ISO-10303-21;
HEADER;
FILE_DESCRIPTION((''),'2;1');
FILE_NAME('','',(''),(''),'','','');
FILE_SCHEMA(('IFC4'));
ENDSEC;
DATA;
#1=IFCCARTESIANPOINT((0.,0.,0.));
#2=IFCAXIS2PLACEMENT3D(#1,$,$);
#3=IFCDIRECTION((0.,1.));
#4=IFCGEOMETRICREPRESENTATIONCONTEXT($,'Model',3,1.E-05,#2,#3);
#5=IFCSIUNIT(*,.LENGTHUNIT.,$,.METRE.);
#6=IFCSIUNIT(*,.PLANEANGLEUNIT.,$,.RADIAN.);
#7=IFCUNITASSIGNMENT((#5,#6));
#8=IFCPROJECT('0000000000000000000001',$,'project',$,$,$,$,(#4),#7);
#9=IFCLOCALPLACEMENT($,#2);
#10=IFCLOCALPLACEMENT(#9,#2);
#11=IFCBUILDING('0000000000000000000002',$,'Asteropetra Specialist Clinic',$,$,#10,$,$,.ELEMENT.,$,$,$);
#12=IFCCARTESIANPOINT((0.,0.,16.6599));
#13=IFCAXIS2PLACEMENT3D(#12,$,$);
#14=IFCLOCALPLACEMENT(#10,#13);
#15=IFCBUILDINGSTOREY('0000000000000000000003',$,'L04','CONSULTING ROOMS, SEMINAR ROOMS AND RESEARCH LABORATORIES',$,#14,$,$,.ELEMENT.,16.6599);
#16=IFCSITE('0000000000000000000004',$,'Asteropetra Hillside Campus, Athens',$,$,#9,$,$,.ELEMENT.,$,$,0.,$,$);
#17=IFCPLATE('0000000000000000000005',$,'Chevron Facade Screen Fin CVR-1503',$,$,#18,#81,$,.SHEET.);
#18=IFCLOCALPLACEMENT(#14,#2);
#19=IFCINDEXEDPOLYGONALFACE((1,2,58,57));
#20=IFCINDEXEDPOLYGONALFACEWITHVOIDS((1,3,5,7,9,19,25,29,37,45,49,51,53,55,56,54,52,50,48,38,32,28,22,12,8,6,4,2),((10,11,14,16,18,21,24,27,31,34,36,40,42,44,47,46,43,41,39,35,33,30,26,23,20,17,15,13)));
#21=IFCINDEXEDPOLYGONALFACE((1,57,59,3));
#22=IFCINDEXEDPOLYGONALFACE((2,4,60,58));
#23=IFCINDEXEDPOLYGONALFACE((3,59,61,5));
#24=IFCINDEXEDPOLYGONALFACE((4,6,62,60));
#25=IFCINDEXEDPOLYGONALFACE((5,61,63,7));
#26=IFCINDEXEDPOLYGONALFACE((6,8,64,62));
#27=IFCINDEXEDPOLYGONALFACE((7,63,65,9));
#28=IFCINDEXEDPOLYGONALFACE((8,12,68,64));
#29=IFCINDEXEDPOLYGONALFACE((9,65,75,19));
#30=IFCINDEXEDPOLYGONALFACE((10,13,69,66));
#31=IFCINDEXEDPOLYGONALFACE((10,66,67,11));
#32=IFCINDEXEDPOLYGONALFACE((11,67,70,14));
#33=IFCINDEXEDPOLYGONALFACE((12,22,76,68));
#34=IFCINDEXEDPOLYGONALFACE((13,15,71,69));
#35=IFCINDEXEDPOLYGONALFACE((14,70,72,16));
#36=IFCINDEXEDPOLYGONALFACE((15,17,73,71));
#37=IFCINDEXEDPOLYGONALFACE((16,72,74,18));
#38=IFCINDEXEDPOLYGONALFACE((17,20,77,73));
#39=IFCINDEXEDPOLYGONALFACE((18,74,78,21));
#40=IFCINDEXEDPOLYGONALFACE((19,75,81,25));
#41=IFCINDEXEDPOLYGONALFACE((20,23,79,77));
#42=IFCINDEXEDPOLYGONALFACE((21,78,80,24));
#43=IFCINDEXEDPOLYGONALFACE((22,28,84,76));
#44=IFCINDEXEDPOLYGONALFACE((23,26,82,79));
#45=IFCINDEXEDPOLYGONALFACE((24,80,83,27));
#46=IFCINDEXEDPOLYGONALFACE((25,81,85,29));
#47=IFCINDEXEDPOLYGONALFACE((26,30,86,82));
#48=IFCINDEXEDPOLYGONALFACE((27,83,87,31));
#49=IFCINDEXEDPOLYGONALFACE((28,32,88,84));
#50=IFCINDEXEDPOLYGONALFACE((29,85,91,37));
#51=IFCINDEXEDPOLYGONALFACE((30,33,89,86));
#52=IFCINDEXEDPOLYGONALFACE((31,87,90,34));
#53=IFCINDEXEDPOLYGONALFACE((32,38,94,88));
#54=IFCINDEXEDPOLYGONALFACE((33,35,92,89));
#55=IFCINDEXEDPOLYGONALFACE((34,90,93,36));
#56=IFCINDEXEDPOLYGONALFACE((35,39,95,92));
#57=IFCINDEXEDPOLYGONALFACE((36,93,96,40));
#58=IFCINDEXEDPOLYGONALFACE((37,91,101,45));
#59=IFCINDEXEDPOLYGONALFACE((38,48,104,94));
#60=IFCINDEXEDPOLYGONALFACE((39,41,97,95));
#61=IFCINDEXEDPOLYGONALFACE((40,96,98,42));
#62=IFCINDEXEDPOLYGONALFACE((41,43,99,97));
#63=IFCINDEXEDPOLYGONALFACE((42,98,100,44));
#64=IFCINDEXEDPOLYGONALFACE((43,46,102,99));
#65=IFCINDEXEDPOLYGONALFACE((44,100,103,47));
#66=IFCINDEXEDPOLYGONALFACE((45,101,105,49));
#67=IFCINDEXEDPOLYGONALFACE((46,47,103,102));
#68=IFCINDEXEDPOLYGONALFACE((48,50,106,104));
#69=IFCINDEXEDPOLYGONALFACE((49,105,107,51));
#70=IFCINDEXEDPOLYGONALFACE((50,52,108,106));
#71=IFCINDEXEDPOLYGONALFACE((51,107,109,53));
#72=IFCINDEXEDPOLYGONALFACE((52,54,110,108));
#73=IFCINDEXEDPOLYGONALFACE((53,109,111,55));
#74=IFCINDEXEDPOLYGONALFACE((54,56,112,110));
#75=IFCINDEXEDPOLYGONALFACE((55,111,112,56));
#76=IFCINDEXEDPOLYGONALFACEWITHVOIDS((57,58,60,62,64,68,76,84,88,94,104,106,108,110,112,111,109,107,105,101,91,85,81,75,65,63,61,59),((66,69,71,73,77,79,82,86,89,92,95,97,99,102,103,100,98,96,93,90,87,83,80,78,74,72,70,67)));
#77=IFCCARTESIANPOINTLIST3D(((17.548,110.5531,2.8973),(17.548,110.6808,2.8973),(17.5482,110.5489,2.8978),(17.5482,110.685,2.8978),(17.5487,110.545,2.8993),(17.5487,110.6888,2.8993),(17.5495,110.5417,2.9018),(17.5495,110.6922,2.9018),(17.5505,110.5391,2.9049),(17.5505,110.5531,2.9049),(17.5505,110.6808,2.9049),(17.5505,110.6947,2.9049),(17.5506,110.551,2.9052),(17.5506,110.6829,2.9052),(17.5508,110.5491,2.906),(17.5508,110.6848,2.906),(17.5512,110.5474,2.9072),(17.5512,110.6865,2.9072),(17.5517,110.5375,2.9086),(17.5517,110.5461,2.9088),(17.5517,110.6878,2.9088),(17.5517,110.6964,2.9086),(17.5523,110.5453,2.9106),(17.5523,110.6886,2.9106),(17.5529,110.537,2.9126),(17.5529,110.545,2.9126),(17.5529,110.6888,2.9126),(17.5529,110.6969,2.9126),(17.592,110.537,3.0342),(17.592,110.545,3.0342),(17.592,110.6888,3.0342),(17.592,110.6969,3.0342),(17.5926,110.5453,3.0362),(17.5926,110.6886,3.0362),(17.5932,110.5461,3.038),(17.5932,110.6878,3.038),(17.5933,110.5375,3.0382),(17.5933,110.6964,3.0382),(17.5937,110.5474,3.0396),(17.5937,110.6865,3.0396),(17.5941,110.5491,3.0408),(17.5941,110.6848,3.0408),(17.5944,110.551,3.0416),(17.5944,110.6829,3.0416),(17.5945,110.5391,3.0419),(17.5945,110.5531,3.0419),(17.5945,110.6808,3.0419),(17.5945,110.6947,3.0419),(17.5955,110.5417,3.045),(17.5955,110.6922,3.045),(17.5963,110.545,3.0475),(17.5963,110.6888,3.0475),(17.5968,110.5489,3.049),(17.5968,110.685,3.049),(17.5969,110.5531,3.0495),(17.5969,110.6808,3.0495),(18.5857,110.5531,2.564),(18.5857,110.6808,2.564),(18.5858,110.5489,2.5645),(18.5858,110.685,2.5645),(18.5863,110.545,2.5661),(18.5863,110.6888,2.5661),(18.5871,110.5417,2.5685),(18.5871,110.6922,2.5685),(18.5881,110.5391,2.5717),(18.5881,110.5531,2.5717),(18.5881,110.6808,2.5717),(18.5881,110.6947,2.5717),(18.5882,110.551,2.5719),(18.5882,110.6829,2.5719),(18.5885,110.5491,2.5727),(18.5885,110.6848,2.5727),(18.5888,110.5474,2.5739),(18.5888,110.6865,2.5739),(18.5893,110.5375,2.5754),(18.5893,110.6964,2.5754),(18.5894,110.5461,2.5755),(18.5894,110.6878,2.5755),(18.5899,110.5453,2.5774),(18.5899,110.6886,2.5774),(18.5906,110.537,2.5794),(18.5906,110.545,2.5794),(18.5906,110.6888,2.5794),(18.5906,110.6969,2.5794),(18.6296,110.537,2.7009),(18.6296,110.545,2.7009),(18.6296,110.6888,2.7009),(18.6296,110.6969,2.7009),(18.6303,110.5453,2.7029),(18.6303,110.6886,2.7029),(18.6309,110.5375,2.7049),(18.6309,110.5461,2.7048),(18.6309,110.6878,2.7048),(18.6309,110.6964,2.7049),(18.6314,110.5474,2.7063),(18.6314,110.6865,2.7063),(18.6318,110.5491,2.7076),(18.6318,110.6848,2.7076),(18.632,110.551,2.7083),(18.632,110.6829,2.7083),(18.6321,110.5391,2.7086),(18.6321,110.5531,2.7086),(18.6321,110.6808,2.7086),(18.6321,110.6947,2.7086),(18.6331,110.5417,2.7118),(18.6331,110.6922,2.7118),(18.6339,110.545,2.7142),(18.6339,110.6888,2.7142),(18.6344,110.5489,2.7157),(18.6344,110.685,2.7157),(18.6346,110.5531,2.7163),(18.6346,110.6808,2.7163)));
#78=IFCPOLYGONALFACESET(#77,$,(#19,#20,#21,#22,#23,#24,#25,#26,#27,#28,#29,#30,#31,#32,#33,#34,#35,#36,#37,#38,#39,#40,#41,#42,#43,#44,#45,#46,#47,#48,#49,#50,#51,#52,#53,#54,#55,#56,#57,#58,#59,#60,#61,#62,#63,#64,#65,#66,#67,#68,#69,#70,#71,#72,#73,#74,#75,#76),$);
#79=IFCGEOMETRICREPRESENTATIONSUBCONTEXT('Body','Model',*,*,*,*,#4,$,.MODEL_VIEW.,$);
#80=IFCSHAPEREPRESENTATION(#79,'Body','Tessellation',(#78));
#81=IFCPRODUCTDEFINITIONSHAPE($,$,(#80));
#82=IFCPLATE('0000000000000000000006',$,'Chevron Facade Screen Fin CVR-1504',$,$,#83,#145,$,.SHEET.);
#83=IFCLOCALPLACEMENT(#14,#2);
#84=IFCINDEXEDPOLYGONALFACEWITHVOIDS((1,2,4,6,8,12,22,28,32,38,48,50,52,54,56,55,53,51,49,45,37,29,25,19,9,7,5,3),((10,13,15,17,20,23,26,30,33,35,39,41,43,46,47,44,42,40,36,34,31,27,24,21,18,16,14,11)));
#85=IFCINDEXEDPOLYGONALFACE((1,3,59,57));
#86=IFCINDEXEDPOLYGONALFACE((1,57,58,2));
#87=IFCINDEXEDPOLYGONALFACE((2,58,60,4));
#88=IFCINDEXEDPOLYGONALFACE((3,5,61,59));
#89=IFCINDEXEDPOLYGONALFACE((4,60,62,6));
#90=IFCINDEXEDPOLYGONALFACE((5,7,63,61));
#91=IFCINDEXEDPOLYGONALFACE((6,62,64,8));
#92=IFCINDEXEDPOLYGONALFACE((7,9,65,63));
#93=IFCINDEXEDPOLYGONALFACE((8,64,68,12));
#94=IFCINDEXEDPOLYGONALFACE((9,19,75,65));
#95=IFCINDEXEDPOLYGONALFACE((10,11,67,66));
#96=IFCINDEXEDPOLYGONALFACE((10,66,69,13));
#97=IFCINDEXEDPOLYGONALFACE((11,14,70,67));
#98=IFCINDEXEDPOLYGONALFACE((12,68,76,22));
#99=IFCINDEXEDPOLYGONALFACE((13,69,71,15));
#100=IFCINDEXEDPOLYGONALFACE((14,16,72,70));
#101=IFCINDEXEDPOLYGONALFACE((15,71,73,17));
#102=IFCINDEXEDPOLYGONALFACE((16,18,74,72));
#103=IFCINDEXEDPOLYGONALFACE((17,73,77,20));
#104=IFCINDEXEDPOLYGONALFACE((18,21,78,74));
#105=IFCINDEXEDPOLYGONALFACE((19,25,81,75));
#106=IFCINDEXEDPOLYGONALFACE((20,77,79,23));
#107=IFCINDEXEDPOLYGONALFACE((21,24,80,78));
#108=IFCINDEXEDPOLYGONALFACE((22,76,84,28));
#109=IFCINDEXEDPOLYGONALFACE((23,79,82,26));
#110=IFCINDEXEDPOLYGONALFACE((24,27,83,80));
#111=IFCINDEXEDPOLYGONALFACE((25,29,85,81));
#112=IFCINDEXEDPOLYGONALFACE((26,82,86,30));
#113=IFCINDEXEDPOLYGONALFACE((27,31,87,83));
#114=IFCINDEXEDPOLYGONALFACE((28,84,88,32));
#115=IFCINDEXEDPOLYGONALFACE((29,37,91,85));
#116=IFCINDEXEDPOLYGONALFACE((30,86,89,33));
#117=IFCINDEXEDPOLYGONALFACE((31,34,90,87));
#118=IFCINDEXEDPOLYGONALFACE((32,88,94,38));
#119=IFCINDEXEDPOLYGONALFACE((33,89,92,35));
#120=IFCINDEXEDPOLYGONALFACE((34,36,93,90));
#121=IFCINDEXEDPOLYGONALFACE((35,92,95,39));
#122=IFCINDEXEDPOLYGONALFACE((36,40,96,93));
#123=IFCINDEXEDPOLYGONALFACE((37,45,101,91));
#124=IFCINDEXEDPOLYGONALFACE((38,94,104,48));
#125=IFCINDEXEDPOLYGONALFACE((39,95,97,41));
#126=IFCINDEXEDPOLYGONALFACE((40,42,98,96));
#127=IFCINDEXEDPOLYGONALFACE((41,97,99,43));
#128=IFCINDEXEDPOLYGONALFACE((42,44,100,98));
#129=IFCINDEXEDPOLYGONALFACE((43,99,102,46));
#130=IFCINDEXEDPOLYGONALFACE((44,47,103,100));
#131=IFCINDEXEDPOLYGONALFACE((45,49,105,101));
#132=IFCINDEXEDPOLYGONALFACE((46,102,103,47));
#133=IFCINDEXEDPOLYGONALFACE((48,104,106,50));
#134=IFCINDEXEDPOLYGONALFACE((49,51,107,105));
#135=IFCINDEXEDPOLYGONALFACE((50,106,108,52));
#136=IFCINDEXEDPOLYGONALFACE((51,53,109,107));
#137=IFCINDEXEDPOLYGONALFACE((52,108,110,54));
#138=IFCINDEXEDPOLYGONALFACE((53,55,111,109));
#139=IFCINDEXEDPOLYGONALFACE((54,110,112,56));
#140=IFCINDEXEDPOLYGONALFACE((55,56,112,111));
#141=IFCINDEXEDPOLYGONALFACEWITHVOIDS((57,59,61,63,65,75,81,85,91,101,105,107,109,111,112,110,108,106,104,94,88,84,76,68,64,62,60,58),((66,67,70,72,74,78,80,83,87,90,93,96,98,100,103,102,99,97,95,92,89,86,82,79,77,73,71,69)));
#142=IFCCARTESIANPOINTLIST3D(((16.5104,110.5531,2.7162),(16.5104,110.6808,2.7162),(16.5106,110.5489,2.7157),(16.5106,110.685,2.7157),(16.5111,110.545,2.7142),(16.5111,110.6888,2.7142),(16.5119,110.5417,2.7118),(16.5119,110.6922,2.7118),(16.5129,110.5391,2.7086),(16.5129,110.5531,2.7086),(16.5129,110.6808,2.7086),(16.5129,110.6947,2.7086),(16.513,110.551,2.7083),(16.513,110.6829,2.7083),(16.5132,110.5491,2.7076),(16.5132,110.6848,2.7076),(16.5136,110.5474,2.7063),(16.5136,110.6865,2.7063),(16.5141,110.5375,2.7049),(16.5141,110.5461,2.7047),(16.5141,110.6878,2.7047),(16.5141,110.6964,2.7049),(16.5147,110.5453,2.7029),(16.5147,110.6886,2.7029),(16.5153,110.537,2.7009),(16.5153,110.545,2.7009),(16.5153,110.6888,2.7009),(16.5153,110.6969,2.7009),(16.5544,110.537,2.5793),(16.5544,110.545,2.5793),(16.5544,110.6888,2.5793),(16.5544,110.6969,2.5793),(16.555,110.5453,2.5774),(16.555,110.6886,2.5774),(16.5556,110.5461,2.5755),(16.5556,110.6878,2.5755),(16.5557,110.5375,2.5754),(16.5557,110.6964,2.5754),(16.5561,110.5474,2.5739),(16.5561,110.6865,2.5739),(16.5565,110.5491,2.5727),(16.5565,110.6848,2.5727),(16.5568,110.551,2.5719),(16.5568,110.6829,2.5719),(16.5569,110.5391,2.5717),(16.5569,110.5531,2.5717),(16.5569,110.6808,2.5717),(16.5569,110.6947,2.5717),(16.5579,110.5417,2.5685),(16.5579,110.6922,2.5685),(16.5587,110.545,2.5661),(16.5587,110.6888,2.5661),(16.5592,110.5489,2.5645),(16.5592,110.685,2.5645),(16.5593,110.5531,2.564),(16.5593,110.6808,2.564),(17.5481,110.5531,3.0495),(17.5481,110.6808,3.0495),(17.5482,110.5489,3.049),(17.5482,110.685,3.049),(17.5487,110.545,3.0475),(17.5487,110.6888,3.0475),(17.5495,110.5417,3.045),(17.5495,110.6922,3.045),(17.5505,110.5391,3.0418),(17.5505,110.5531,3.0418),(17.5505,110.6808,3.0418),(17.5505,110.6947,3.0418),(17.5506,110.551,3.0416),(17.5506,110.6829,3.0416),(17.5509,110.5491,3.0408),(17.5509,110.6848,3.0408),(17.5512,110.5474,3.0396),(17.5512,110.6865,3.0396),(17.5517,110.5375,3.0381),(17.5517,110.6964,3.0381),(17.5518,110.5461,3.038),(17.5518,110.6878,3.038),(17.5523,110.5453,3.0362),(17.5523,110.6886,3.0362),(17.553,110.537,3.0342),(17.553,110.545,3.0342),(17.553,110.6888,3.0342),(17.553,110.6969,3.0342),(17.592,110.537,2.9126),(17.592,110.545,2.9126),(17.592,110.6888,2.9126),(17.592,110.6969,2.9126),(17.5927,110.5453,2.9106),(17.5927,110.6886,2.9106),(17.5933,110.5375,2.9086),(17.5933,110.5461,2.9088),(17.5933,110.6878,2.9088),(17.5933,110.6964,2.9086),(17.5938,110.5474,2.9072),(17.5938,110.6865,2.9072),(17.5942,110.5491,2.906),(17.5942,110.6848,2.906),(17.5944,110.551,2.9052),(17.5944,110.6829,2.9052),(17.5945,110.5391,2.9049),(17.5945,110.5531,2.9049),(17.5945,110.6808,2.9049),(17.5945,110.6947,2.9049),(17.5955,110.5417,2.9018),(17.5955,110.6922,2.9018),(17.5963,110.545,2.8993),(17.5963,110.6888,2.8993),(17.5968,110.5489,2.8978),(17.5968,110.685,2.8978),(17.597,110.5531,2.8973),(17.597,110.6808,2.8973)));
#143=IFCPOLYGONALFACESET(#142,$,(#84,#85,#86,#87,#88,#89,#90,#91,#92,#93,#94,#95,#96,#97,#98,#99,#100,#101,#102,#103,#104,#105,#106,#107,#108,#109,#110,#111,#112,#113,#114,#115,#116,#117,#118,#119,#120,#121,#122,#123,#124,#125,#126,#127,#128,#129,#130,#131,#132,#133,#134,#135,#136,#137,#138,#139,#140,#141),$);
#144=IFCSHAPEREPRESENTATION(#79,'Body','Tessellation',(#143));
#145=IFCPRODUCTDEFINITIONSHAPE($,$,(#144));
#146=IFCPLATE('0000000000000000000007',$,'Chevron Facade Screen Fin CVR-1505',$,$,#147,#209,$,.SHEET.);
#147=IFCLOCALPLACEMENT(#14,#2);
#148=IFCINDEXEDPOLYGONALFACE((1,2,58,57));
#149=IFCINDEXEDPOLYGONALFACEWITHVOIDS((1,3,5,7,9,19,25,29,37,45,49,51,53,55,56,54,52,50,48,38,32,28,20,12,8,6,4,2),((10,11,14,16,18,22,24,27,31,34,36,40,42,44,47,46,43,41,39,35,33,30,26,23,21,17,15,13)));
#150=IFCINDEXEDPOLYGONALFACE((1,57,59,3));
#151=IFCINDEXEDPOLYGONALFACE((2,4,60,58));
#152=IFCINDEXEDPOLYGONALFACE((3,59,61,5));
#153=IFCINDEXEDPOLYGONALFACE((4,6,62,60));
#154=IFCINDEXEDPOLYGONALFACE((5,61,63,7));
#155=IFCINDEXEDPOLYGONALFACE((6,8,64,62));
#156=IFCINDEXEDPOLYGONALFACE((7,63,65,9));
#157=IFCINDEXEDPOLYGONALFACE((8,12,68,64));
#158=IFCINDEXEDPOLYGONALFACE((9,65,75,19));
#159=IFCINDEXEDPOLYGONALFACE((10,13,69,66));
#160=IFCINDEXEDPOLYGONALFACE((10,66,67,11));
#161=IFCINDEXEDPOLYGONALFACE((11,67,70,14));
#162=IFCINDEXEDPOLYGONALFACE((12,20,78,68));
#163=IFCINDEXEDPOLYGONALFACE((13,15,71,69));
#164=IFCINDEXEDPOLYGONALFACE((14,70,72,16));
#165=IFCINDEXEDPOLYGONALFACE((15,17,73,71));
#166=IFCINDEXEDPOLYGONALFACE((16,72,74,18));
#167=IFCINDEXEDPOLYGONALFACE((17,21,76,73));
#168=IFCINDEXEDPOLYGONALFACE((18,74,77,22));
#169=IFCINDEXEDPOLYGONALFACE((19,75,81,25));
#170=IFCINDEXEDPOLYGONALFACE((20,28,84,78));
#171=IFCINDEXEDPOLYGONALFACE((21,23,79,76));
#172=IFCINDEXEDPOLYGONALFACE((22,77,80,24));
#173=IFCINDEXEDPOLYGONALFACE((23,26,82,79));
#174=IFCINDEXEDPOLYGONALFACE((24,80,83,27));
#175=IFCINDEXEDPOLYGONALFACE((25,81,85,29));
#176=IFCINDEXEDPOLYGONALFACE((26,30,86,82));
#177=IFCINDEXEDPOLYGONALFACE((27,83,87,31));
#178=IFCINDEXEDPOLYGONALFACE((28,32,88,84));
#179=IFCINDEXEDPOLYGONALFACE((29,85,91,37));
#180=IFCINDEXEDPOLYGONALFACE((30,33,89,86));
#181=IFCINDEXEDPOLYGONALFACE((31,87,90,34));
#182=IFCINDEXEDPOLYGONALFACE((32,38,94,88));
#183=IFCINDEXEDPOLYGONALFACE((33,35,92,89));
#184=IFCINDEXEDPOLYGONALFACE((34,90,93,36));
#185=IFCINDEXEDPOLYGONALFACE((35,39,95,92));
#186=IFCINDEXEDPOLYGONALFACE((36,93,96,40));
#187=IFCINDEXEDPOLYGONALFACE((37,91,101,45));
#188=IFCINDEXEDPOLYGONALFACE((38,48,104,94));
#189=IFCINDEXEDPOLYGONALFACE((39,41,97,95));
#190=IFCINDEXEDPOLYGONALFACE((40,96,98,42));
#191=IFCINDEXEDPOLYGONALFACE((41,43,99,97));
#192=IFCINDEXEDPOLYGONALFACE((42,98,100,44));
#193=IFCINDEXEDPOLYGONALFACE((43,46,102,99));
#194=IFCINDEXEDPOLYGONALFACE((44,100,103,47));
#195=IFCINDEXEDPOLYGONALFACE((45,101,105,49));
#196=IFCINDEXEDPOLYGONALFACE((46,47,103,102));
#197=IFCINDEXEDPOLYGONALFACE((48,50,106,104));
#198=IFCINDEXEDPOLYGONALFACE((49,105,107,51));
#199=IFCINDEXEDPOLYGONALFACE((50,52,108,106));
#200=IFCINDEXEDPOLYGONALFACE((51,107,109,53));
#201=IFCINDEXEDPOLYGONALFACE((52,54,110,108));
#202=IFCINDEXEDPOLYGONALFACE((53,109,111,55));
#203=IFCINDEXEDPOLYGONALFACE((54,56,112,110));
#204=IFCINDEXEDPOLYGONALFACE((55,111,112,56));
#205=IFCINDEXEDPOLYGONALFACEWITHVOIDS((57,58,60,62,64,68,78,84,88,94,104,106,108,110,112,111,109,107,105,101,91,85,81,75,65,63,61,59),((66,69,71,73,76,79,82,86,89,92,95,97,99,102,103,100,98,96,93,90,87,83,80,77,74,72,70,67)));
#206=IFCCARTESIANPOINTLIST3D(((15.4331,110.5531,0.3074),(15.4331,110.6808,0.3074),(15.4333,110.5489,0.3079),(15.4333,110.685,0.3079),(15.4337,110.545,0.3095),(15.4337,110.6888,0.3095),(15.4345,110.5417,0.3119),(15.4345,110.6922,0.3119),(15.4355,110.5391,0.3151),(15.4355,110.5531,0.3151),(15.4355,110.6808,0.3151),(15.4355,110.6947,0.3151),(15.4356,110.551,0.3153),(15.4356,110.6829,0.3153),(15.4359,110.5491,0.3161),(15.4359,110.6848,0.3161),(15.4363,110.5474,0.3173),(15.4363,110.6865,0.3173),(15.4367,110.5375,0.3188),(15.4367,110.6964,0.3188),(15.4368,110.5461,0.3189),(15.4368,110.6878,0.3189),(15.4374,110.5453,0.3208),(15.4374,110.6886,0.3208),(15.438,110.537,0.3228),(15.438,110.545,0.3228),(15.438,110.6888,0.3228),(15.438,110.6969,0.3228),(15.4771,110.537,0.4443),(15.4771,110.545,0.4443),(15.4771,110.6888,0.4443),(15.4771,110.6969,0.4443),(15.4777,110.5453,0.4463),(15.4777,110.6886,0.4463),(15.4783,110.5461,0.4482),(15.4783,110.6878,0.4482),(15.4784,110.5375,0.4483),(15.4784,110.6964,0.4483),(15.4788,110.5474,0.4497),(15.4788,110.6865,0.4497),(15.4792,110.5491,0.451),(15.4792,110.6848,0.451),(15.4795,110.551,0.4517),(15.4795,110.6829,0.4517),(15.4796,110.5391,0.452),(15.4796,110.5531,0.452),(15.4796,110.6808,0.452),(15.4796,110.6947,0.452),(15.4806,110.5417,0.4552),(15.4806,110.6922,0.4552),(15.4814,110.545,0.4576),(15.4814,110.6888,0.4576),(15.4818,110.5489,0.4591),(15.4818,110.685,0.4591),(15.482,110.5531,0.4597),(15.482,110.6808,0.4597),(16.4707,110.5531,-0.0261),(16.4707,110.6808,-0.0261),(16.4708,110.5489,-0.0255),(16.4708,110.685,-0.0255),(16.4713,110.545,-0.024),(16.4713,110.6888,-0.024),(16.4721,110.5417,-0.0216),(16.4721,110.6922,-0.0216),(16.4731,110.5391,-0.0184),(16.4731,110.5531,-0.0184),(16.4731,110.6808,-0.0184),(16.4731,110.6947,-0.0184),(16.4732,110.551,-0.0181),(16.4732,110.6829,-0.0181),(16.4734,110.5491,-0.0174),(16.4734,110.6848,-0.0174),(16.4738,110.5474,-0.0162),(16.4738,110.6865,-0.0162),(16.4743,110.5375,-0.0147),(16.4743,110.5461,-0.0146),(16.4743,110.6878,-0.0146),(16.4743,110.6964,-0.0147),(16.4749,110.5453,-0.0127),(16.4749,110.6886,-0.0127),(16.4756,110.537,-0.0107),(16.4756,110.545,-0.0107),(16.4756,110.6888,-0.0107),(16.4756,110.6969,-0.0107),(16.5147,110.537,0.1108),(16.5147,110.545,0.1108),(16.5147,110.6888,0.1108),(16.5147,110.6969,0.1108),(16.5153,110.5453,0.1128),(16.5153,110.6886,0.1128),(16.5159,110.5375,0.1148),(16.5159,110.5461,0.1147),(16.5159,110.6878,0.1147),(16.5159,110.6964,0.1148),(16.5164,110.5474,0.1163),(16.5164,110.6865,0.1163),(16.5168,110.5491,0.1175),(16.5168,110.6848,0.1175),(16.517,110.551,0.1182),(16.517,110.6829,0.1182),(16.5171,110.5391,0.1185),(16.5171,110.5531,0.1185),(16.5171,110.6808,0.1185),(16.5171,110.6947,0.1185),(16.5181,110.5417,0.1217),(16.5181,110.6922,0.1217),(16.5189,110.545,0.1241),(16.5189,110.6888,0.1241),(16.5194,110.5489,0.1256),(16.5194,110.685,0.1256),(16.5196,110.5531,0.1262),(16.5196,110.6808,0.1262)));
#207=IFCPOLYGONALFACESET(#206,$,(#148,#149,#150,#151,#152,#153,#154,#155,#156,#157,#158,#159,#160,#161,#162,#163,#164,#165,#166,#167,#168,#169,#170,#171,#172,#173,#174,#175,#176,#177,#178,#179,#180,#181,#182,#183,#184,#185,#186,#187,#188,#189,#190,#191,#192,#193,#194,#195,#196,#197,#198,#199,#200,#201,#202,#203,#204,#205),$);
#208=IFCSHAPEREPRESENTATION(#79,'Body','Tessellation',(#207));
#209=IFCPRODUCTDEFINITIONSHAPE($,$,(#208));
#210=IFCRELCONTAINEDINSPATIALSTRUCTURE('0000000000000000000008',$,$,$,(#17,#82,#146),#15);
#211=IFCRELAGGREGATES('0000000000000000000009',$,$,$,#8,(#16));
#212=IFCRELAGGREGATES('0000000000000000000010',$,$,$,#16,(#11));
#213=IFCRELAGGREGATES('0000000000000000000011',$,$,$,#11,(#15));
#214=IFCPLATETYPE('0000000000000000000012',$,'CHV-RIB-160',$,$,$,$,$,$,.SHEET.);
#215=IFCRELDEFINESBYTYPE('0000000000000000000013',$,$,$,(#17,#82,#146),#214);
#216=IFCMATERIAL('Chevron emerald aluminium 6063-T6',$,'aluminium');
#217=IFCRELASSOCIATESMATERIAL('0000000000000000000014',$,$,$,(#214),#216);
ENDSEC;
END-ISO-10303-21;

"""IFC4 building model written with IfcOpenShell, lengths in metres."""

from ifc_helpers import new_model, si_unit, direction, frame, origin, origin_2d, place, context, subcontext, project, spatial, hollow_rectangle, extrude, material, material_profile, profile_set, type_object, element, save


model = new_model("IFC4")

# Units and contexts
model_context = context("Model", 3, precision=1e-05, world=origin(), true_north=direction((0.0, 1.0)))
body_context = subcontext(model_context, "Body", "Model", "MODEL_VIEW")
ifc_project = project(units=[si_unit("LENGTHUNIT", "METRE"), si_unit("PLANEANGLEUNIT", "RADIAN")], contexts=[model_context])

# Site, building, storey
site_placement = place(None, origin())
site = spatial("IfcSite", under=ifc_project, at=site_placement, Name="Asteropetra Hillside Campus, Athens", CompositionType="ELEMENT", RefElevation=0.0)
building_placement = place(site_placement, origin())
building = spatial("IfcBuilding", under=site, at=building_placement, Name="Asteropetra Specialist Clinic", CompositionType="ELEMENT")
storey_placement = place(building_placement, frame((0.0, 0.0, 16.6599)))
storey = spatial("IfcBuildingStorey", under=building, at=storey_placement, Name="L04", Description="CONSULTING ROOMS, SEMINAR ROOMS AND RESEARCH LABORATORIES", CompositionType="ELEMENT", Elevation=16.6599)

# Plates
ifc_material_1 = material(Name="Chevron emerald aluminium 6063-T6", Category="aluminium")
ifc_material_profile_1 = material_profile(ifc_material_1, hollow_rectangle(XDim=0.1599, YDim=0.1599, WallThickness=0.0081, InnerFilletRadius=0.0081, OuterFilletRadius=0.0161, at=origin_2d()), Name="SHS 160x160x8.0")
ifc_profile_set_1 = profile_set([ifc_material_profile_1], Name="Chevron emerald aluminium 6063-T6")
plate_type_1 = type_object("IfcPlateType", Name="CHV-RIB-160", PredefinedType="SHEET", material=ifc_profile_set_1)
for number, where, z_axis, x_axis, name in (
    (1, (18.6101, 110.6169, 2.6401), (-0.952098, 0.0, 0.305792), (0.0, -1.0, 0.0), "Chevron Facade Screen Fin CVR-1503"),
    (2, (17.5725, 110.6169, 2.9734), (-0.952098, 0.0, -0.305792), (0.0, -1.0, 0.0), "Chevron Facade Screen Fin CVR-1504"),
    (3, (16.4951, 110.6169, 0.05), (-0.952033, 0.0, 0.305995), (0.0, -1.0, 0.0), "Chevron Facade Screen Fin CVR-1505"),
):
    element("IfcPlate", number, at=place(storey_placement, frame(where, z_axis=z_axis, x_axis=x_axis)), inside=storey, type_object=plate_type_1, Name=name, PredefinedType="SHEET", context=body_context, shape_type="SweptSolid", body=[
        extrude(hollow_rectangle(XDim=0.1599, YDim=0.1599, WallThickness=0.0081, InnerFilletRadius=0.0081, OuterFilletRadius=0.0161, at=origin_2d()), origin(), (0.0, 0.0, 1.0), 1.0898),
    ])

save(model, "model.ifc")
